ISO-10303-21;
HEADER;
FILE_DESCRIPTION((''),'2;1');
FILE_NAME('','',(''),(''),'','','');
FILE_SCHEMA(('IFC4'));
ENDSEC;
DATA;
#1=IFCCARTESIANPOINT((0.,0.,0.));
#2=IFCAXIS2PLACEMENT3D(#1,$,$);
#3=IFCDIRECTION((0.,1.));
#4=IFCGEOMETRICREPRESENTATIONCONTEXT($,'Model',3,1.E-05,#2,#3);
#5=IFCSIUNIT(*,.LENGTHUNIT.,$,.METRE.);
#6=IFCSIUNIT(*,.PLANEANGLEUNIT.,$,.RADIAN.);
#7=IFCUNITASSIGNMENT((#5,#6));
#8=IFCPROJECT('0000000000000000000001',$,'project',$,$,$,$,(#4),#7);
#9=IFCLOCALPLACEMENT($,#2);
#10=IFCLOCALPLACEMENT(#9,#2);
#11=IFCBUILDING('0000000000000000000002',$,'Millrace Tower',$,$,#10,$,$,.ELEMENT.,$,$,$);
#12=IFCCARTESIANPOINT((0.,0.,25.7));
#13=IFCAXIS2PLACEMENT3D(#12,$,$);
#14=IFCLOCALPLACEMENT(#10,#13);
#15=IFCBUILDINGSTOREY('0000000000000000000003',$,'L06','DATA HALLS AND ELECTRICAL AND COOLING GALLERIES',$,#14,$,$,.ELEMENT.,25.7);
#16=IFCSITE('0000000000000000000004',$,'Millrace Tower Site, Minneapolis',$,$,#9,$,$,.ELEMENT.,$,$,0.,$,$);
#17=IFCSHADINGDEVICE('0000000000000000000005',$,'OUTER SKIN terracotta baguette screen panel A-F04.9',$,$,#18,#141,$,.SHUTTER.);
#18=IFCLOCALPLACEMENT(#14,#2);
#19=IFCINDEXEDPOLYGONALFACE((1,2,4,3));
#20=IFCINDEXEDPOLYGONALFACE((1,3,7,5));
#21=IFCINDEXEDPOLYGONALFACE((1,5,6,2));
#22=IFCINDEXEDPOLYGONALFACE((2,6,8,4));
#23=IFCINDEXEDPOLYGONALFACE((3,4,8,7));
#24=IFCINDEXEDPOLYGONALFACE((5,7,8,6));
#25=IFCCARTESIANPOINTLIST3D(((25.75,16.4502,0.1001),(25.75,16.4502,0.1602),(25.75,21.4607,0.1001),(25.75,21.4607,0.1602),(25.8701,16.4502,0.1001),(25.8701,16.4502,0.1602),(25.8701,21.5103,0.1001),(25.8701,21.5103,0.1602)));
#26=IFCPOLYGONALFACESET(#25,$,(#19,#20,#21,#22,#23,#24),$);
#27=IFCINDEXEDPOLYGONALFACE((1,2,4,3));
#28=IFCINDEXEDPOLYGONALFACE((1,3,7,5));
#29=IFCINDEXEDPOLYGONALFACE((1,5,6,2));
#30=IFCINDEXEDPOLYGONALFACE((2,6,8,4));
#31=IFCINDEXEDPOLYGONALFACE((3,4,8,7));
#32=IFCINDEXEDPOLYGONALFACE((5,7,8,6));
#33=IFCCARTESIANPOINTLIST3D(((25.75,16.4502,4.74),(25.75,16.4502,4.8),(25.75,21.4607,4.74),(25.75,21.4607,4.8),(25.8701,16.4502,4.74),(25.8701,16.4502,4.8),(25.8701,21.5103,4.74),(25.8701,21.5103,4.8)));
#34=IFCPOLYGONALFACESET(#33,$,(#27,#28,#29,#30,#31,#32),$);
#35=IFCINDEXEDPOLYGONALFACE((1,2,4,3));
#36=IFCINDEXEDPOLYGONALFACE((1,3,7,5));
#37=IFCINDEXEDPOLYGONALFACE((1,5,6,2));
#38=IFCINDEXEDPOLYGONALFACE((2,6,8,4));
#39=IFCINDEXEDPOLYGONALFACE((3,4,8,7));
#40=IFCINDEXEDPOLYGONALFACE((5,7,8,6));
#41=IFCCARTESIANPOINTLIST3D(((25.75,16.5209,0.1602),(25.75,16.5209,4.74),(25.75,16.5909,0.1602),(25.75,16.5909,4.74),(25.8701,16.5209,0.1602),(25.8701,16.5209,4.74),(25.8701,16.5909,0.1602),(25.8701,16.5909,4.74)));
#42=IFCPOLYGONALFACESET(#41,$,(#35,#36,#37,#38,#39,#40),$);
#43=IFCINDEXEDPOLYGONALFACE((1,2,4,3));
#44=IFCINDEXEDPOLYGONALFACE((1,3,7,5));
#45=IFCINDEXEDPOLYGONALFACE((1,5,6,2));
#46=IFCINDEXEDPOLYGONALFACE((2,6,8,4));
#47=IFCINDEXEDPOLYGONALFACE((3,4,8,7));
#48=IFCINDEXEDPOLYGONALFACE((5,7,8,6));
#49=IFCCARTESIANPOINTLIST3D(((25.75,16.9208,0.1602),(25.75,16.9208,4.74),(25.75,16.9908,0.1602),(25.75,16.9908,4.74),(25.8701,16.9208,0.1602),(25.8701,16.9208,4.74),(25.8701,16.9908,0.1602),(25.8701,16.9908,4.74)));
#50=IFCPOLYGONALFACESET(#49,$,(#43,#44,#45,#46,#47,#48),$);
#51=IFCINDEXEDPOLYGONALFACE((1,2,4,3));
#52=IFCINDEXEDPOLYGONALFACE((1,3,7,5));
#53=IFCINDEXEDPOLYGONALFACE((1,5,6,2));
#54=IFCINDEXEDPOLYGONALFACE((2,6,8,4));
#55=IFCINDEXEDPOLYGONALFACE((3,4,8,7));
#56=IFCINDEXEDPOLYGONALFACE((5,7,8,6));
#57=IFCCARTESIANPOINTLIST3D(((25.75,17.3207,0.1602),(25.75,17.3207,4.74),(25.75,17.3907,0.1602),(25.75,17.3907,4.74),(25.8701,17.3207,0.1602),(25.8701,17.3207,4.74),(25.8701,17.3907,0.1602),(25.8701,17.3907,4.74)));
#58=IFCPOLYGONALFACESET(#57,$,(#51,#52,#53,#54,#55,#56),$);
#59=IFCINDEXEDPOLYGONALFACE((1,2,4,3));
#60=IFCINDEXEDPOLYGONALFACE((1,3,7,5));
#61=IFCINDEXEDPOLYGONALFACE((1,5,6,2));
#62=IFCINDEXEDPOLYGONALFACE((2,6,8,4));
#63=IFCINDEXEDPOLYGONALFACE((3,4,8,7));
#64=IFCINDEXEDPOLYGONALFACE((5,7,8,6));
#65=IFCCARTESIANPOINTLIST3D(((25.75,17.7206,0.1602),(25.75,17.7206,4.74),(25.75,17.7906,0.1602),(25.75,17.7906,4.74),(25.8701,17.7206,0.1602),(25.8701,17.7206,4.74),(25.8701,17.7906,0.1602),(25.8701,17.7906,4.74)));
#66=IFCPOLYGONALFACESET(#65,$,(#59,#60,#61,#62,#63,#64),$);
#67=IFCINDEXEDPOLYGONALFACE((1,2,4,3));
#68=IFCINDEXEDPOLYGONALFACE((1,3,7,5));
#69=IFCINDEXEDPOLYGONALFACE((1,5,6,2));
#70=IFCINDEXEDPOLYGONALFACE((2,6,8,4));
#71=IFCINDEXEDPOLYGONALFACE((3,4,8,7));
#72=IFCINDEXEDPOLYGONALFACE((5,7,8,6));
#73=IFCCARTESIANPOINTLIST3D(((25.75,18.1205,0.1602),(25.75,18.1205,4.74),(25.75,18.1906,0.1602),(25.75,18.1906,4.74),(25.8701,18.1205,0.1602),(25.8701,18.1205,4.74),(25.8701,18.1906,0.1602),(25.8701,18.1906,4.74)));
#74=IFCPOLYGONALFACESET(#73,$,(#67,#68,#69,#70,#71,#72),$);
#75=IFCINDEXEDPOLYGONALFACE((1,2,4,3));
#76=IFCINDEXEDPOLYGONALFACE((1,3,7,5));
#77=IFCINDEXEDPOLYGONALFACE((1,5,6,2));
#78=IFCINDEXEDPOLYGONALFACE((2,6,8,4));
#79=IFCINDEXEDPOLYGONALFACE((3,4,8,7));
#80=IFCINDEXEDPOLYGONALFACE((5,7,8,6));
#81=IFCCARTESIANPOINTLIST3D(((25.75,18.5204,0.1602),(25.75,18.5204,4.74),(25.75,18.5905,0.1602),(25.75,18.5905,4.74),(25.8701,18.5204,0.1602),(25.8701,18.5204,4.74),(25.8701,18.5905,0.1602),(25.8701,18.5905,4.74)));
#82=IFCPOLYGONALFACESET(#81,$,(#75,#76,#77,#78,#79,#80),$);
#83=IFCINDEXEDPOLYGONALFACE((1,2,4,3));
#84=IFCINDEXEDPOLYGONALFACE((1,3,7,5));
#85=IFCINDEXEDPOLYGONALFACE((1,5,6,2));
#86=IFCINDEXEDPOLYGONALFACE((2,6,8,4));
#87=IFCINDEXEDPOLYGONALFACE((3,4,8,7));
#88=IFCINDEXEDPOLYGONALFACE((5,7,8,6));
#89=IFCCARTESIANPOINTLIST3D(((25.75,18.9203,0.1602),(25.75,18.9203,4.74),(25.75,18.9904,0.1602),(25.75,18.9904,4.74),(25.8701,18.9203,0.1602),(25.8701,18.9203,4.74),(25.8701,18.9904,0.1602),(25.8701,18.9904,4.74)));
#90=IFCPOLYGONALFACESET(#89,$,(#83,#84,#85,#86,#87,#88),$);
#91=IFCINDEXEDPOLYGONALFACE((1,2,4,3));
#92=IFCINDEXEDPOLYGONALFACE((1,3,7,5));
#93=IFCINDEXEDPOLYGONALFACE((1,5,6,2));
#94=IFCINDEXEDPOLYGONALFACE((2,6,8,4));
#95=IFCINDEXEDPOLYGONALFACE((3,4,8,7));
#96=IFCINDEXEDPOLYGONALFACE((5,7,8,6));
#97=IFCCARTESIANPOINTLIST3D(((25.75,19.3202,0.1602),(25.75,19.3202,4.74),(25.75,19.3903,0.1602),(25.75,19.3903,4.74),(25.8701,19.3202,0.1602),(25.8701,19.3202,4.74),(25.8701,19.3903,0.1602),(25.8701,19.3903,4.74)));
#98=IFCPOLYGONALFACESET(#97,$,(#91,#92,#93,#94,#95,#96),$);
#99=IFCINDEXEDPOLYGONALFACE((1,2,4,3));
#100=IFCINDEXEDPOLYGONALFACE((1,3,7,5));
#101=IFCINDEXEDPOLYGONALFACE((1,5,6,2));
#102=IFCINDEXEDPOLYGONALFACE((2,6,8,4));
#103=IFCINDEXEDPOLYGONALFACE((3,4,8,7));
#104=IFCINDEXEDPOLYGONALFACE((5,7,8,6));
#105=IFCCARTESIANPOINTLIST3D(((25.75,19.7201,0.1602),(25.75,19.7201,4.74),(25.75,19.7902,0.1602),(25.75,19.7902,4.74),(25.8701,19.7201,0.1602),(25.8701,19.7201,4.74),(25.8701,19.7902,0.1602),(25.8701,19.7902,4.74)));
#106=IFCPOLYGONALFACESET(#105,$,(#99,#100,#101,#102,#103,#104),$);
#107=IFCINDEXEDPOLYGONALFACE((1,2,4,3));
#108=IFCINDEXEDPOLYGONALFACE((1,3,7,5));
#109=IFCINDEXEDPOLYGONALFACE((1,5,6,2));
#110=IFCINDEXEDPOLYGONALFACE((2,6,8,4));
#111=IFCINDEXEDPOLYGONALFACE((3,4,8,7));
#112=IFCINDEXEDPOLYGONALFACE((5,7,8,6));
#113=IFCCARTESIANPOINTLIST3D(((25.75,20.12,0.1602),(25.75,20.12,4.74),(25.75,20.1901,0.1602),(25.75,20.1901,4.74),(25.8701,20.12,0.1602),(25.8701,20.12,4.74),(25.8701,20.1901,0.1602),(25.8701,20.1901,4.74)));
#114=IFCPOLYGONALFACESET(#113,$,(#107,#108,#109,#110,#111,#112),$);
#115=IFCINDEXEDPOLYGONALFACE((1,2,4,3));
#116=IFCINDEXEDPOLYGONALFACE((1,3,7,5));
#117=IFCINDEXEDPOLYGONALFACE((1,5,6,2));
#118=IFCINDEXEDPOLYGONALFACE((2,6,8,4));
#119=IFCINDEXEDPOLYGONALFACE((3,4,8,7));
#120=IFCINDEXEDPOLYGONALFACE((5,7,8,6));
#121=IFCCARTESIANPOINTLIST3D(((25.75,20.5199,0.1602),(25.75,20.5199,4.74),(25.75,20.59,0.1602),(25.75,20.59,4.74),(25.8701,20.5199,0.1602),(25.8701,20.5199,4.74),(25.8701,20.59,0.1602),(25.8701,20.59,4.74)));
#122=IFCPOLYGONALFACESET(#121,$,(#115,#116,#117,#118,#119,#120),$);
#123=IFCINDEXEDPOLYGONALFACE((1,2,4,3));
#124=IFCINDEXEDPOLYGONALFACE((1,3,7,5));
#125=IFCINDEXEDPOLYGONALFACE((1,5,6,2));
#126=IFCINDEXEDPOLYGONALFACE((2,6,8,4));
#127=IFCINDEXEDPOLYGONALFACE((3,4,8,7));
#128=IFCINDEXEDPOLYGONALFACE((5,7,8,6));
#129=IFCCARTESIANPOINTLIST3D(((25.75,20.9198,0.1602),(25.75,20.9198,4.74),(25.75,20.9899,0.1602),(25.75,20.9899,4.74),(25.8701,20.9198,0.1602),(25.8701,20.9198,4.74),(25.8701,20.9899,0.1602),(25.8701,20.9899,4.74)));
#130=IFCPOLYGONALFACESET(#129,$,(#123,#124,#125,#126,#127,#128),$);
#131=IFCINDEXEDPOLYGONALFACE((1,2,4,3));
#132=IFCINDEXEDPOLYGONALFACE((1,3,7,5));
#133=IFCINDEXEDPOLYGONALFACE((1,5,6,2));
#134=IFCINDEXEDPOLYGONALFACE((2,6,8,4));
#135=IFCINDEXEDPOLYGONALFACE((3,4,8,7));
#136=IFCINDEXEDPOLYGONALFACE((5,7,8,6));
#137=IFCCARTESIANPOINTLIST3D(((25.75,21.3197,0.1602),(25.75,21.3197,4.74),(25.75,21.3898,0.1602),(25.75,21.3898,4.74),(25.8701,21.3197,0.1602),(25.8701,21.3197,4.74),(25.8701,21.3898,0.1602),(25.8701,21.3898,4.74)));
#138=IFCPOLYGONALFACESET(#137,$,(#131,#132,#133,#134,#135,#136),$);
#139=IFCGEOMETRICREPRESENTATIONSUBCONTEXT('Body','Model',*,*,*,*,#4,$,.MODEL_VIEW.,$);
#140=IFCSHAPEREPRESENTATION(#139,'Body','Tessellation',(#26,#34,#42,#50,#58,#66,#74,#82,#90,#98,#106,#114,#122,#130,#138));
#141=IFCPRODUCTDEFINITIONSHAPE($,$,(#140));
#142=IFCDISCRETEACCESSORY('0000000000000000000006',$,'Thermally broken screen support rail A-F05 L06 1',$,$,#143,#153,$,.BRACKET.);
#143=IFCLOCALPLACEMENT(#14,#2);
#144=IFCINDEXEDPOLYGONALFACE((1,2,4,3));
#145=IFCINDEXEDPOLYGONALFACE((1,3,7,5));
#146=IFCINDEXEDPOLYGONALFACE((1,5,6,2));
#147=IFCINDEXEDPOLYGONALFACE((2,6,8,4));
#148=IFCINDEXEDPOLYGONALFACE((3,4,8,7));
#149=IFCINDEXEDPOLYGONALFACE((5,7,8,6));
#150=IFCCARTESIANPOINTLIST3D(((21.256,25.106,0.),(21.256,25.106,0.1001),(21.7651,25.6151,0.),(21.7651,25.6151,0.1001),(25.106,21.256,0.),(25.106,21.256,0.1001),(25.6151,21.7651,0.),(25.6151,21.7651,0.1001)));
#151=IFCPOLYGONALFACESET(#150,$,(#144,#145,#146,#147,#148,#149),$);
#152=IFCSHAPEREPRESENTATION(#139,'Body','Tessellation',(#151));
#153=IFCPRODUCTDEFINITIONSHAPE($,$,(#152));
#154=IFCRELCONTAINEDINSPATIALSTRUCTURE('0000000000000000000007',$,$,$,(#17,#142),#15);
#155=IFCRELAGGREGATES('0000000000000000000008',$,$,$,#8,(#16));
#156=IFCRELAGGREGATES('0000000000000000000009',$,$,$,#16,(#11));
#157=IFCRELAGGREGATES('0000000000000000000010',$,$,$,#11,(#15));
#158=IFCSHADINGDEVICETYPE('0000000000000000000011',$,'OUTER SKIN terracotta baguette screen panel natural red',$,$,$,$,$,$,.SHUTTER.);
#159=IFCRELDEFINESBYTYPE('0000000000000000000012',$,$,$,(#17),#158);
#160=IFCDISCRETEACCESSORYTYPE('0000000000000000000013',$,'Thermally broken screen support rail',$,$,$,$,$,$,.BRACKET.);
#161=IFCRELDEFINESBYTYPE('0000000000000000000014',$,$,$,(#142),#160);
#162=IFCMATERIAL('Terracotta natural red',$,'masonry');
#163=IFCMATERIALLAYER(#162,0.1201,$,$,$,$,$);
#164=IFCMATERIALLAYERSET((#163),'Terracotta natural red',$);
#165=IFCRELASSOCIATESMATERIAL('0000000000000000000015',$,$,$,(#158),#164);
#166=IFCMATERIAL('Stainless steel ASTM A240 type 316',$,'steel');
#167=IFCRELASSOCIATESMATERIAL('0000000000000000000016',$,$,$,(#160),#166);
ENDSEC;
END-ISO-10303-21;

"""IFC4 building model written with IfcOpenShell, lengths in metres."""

from ifc_helpers import new_model, entity, si_unit, direction, frame, frame_2d, origin, origin_2d, place, context, subcontext, project, spatial, rectangle, extrude, source, transform, mapped, material, layer, layer_set, type_object, element, save


model = new_model("IFC4")

# Units and contexts
model_context = context("Model", 3, precision=1e-05, world=origin(), true_north=direction((0.0, 1.0)))
body_context = subcontext(model_context, "Body", "Model", "MODEL_VIEW")
ifc_project = project(units=[si_unit("LENGTHUNIT", "METRE"), si_unit("PLANEANGLEUNIT", "RADIAN")], contexts=[model_context])

# Site, building, storey
site_placement = place(None, origin())
site = spatial("IfcSite", under=ifc_project, at=site_placement, Name="Millrace Tower Site, Minneapolis", CompositionType="ELEMENT", RefElevation=0.0)
building_placement = place(site_placement, origin())
building = spatial("IfcBuilding", under=site, at=building_placement, Name="Millrace Tower", CompositionType="ELEMENT")
storey_placement = place(building_placement, frame((0.0, 0.0, 25.7)))
storey = spatial("IfcBuildingStorey", under=building, at=storey_placement, Name="L06", Description="DATA HALLS AND ELECTRICAL AND COOLING GALLERIES", CompositionType="ELEMENT", Elevation=25.7)

# Shading device
ifc_material_1 = material(Name="Terracotta natural red", Category="masonry")
ifc_layer_1 = layer(ifc_material_1, 0.1201)
ifc_layer_set_1 = layer_set([ifc_layer_1], Name="Terracotta natural red")
shading_device_type_1 = type_object("IfcShadingDeviceType", Name="OUTER SKIN terracotta baguette screen panel natural red", PredefinedType="SHUTTER", material=ifc_layer_set_1)
cartesian_point_1 = entity("IfcCartesianPoint", [-2.5176, 0.0601])
shared_polyline_1 = entity("IfcPolyline", [cartesian_point_1, entity("IfcCartesianPoint", [2.4929, 0.0601]), entity("IfcCartesianPoint", [2.5425, -0.0601]), entity("IfcCartesianPoint", [-2.5176, -0.0601]), cartesian_point_1])
shared_shape_1 = source(origin(), body_context, "Body", "SweptSolid", [
    entity("IfcExtrudedAreaSolid", entity("IfcArbitraryClosedProfileDef", "AREA", None, shared_polyline_1), entity("IfcAxis2Placement3D", entity("IfcCartesianPoint", [0.0, 0.0, 0.0])), entity("IfcDirection", [0.0, 0.0, 1.0]), 0.0601),
    entity("IfcExtrudedAreaSolid", entity("IfcArbitraryClosedProfileDef", "AREA", None, shared_polyline_1), entity("IfcAxis2Placement3D", entity("IfcCartesianPoint", [0.0, 0.0, 4.6399])), entity("IfcDirection", [0.0, 0.0, 1.0]), 0.0601),
    extrude(rectangle(XDim=0.0701, YDim=0.1201, at=frame_2d((-2.4119, 0.0))), frame((0.0, 0.0, 0.0601)), (0.0, 0.0, 1.0), 4.5798),
    extrude(rectangle(XDim=0.0701, YDim=0.1201, at=frame_2d((-2.012, 0.0))), frame((0.0, 0.0, 0.0601)), (0.0, 0.0, 1.0), 4.5798),
    extrude(rectangle(XDim=0.0701, YDim=0.1201, at=frame_2d((-1.6121, 0.0))), frame((0.0, 0.0, 0.0601)), (0.0, 0.0, 1.0), 4.5798),
    extrude(rectangle(XDim=0.0701, YDim=0.1201, at=frame_2d((-1.2122, 0.0))), frame((0.0, 0.0, 0.0601)), (0.0, 0.0, 1.0), 4.5798),
    extrude(rectangle(XDim=0.0701, YDim=0.1201, at=frame_2d((-0.8123, 0.0))), frame((0.0, 0.0, 0.0601)), (0.0, 0.0, 1.0), 4.5798),
    extrude(rectangle(XDim=0.0701, YDim=0.1201, at=frame_2d((-0.4124, 0.0))), frame((0.0, 0.0, 0.0601)), (0.0, 0.0, 1.0), 4.5798),
    extrude(rectangle(XDim=0.0701, YDim=0.1201, at=frame_2d((-0.0125, 0.0))), frame((0.0, 0.0, 0.0601)), (0.0, 0.0, 1.0), 4.5798),
    extrude(rectangle(XDim=0.0701, YDim=0.1201, at=frame_2d((0.3875, 0.0))), frame((0.0, 0.0, 0.0601)), (0.0, 0.0, 1.0), 4.5798),
    extrude(rectangle(XDim=0.0701, YDim=0.1201, at=frame_2d((0.7874, 0.0))), frame((0.0, 0.0, 0.0601)), (0.0, 0.0, 1.0), 4.5798),
    extrude(rectangle(XDim=0.0701, YDim=0.1201, at=frame_2d((1.1873, 0.0))), frame((0.0, 0.0, 0.0601)), (0.0, 0.0, 1.0), 4.5798),
    extrude(rectangle(XDim=0.0701, YDim=0.1201, at=frame_2d((1.5872, 0.0))), frame((0.0, 0.0, 0.0601)), (0.0, 0.0, 1.0), 4.5798),
    extrude(rectangle(XDim=0.0701, YDim=0.1201, at=frame_2d((1.9871, 0.0))), frame((0.0, 0.0, 0.0601)), (0.0, 0.0, 1.0), 4.5798),
    extrude(rectangle(XDim=0.0701, YDim=0.1201, at=frame_2d((2.387, 0.0))), frame((0.0, 0.0, 0.0601)), (0.0, 0.0, 1.0), 4.5798),
])
shading_device_1_placement = place(storey_placement, frame((25.8101, 18.9678, 0.1001), z_axis=(0.0, 0.0, 1.0), x_axis=(0.0, 1.0, 0.0)))
element("IfcShadingDevice", 1, at=shading_device_1_placement, inside=storey, type_object=shading_device_type_1, Name="OUTER SKIN terracotta baguette screen panel A-F04.9", PredefinedType="SHUTTER", context=body_context, shape_type="MappedRepresentation", body=[
    mapped(shared_shape_1, transform((0.0, 0.0, 0.0), scale=1.0)),
])

# Discrete accessory
ifc_material_2 = material(Name="Stainless steel ASTM A240 type 316", Category="steel")
discrete_accessory_type = type_object("IfcDiscreteAccessoryType", Name="Thermally broken screen support rail", PredefinedType="BRACKET", material=ifc_material_2)
discrete_accessory_placement = place(storey_placement, frame((23.4355, 23.4355, 0.0), z_axis=(0.0, 0.0, 1.0), x_axis=(-0.707107, 0.707107, 0.0)))
element("IfcDiscreteAccessory", 2, at=discrete_accessory_placement, inside=storey, type_object=discrete_accessory_type, Name="Thermally broken screen support rail A-F05 L06 1", PredefinedType="BRACKET", context=body_context, shape_type="SweptSolid", body=[
    extrude(rectangle(XDim=5.4448, YDim=0.72, at=origin_2d()), origin(), (0.0, 0.0, 1.0), 0.1001),
])

save(model, "model.ifc")
